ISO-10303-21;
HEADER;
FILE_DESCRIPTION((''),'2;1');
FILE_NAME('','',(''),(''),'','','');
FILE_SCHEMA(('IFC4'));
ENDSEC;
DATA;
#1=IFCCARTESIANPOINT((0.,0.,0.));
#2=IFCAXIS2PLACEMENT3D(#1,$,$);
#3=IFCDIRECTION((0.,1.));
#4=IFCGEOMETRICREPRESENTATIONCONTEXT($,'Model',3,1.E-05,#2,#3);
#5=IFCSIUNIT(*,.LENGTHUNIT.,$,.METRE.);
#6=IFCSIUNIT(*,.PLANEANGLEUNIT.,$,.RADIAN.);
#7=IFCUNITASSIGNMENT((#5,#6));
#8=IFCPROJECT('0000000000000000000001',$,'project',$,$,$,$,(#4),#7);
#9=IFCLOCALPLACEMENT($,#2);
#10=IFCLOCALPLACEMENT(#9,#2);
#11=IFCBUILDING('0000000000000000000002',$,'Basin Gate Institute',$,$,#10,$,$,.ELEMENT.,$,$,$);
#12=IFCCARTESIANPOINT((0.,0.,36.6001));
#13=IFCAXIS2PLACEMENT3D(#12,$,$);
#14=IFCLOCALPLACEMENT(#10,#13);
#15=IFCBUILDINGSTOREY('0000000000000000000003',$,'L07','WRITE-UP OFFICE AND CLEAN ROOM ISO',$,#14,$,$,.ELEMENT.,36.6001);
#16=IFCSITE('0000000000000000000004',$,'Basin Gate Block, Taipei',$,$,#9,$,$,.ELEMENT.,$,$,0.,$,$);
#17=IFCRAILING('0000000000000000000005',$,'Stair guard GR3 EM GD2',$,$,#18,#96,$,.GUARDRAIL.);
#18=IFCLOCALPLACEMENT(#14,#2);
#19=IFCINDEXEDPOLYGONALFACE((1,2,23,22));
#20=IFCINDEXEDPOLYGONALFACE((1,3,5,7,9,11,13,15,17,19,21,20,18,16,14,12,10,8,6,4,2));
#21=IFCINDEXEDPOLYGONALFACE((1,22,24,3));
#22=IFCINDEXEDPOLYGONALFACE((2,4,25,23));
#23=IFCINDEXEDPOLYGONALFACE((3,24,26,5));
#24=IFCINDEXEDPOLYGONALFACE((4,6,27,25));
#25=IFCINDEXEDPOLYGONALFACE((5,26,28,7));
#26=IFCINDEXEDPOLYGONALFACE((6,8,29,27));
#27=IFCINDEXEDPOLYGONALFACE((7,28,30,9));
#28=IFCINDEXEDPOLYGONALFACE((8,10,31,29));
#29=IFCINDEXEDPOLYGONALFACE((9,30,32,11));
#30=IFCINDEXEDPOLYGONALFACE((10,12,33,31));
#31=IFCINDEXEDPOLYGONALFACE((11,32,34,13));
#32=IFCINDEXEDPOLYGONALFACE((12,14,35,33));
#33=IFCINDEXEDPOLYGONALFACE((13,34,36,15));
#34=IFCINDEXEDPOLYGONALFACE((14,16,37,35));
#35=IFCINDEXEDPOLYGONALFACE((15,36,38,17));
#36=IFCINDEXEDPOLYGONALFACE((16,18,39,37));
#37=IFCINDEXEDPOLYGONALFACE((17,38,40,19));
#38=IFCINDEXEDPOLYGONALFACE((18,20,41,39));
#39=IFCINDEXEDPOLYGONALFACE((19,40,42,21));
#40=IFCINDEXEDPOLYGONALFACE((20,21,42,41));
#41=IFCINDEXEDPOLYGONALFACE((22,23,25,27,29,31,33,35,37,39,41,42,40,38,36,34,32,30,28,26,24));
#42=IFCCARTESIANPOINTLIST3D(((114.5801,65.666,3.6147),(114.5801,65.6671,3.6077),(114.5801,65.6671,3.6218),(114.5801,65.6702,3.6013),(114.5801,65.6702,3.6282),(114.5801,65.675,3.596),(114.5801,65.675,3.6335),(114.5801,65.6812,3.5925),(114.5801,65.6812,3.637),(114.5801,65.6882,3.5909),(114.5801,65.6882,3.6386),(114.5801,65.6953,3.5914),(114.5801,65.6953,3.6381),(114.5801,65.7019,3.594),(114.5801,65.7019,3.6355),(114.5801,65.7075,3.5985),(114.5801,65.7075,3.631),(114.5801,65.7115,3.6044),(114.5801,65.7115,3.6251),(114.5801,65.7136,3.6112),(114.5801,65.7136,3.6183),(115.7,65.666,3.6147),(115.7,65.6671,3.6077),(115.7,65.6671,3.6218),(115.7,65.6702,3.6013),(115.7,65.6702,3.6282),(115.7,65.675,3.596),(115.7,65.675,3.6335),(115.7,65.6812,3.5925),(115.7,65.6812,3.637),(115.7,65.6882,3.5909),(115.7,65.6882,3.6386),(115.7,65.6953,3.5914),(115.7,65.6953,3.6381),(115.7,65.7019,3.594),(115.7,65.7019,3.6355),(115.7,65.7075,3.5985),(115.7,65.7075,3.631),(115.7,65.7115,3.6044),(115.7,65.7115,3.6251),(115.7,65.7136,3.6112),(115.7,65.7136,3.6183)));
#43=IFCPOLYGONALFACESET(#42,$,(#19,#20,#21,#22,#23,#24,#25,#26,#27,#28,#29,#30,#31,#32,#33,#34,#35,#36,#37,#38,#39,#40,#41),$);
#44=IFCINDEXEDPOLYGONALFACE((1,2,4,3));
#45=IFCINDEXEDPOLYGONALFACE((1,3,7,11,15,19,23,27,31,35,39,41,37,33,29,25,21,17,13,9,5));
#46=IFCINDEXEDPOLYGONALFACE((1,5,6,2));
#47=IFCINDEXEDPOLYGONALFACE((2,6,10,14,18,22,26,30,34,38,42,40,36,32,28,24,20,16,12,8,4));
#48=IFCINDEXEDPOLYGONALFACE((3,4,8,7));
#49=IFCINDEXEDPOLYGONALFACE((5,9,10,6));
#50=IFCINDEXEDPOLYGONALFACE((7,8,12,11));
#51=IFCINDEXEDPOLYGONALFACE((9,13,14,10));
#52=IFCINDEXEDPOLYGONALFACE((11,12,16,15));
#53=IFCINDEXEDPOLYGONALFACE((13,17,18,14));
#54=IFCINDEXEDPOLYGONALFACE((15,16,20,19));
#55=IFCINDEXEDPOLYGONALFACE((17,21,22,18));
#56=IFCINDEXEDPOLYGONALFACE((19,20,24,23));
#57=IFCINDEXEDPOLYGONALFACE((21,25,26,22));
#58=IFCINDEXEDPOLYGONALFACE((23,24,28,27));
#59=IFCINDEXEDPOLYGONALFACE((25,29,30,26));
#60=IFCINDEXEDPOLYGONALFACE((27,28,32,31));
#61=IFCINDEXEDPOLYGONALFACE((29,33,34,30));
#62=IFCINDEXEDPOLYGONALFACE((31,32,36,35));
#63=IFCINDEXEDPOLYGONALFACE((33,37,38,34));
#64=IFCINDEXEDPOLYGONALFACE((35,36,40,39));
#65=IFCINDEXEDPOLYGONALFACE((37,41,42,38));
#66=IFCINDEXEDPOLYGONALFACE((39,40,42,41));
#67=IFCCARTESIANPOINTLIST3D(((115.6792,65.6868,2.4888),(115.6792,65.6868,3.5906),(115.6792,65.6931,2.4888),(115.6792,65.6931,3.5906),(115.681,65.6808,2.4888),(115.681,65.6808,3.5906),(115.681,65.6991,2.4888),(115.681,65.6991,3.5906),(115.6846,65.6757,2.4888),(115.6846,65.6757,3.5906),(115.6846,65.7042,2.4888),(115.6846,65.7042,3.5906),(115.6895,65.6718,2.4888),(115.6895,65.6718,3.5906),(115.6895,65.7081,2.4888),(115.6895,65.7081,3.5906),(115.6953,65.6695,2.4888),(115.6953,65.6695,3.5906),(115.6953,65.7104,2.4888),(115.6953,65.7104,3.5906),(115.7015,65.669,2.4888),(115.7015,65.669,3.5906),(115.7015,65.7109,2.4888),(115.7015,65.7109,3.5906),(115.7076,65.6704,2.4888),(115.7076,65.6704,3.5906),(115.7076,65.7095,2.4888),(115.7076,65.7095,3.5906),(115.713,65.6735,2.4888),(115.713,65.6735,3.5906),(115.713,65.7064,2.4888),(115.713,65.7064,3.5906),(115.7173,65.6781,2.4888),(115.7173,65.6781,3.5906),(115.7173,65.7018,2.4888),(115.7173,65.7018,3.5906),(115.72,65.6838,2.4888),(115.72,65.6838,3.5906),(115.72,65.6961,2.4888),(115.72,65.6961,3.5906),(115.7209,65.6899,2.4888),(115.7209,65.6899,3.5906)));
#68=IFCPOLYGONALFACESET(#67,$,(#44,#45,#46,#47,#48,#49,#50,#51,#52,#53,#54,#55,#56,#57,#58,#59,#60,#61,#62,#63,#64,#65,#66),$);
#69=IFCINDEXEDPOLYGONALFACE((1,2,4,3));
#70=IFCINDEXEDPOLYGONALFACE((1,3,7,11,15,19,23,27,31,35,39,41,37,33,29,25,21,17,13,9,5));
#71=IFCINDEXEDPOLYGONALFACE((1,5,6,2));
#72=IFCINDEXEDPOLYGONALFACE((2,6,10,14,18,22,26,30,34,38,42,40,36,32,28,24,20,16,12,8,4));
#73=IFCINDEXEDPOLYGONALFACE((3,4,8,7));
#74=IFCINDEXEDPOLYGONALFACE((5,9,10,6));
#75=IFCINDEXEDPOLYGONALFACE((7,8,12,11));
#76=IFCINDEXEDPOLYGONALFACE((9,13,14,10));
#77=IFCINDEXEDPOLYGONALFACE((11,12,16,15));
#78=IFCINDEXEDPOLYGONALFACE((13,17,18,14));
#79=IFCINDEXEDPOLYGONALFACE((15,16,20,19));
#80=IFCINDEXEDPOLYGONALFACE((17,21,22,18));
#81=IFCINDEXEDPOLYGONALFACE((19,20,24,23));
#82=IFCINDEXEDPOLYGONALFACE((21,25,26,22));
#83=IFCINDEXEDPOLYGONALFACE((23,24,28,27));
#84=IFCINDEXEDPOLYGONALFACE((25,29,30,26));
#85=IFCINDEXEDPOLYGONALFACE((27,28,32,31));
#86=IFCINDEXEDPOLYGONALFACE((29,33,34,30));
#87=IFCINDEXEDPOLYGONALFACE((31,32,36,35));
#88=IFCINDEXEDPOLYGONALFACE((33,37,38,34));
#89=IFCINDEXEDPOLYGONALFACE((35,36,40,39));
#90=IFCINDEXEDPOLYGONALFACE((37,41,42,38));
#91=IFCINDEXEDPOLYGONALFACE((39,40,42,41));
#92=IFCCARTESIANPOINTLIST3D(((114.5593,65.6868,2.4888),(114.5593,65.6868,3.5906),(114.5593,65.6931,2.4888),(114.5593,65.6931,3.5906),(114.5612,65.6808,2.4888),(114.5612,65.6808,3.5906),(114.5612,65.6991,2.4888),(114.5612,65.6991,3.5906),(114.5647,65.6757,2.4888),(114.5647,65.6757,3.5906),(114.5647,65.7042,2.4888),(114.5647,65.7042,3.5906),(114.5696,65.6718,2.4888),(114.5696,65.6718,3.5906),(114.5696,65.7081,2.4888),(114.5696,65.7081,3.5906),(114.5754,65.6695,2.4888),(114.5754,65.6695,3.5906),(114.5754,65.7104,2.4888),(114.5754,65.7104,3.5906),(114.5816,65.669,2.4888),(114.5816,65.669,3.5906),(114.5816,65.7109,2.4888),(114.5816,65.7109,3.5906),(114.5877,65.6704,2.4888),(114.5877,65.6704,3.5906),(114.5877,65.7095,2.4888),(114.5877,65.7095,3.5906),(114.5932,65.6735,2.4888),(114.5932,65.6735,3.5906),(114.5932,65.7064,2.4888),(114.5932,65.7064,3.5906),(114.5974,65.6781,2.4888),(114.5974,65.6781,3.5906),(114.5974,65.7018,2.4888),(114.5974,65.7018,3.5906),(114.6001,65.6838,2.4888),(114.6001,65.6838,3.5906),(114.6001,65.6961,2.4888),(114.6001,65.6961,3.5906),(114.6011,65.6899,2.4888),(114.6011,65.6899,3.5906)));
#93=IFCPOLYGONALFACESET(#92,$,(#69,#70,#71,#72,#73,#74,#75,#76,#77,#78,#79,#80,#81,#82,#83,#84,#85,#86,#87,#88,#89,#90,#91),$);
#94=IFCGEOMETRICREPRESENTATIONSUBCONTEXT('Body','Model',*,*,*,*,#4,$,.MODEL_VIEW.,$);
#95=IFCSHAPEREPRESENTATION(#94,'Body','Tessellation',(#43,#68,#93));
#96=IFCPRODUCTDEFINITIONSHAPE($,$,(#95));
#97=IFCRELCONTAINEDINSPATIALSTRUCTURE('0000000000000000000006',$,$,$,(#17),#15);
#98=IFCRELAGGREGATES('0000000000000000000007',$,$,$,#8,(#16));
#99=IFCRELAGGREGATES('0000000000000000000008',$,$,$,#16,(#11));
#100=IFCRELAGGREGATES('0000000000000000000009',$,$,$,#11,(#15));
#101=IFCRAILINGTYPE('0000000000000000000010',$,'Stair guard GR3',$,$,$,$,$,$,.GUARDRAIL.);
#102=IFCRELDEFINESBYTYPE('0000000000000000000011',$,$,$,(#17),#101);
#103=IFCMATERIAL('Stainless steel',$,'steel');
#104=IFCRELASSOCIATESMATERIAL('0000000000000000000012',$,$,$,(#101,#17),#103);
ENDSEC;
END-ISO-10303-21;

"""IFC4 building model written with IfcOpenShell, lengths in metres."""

from ifc_helpers import new_model, si_unit, direction, frame, origin, origin_2d, place, context, subcontext, project, spatial, circle, extrude, material, type_object, element, save


model = new_model("IFC4")

# Units and contexts
model_context = context("Model", 3, precision=1e-05, world=origin(), true_north=direction((0.0, 1.0)))
body_context = subcontext(model_context, "Body", "Model", "MODEL_VIEW")
ifc_project = project(units=[si_unit("LENGTHUNIT", "METRE"), si_unit("PLANEANGLEUNIT", "RADIAN")], contexts=[model_context])

# Site, building, storey
site_placement = place(None, origin())
site = spatial("IfcSite", under=ifc_project, at=site_placement, Name="Basin Gate Block, Taipei", CompositionType="ELEMENT", RefElevation=0.0)
building_placement = place(site_placement, origin())
building = spatial("IfcBuilding", under=site, at=building_placement, Name="Basin Gate Institute", CompositionType="ELEMENT")
storey_placement = place(building_placement, frame((0.0, 0.0, 36.6001)))
storey = spatial("IfcBuildingStorey", under=building, at=storey_placement, Name="L07", Description="WRITE-UP OFFICE AND CLEAN ROOM ISO", CompositionType="ELEMENT", Elevation=36.6001)

# Railing
ifc_material_1 = material(Name="Stainless steel", Category="steel")
railing_type_1 = type_object("IfcRailingType", Name="Stair guard GR3", PredefinedType="GUARDRAIL", material=ifc_material_1)
railing_1_placement = place(storey_placement, frame((115.7, 65.6899, 2.4888)))
element("IfcRailing", 1, at=railing_1_placement, inside=storey, type_object=railing_type_1, material=ifc_material_1, Name="Stair guard GR3 EM GD2", PredefinedType="GUARDRAIL", context=body_context, shape_type="SweptSolid", body=[
    extrude(circle(Radius=0.0239, at=origin_2d()), frame((0.0, 0.0, 1.126), z_axis=(-1.0, 0.0, 0.0), x_axis=(0.0, -1.0, 0.0)), (0.0, 0.0, 1.0), 1.1199),
    extrude(circle(Radius=0.021, at=origin_2d()), origin(), (0.0, 0.0, 1.0), 1.1018),
    extrude(circle(Radius=0.021, at=origin_2d()), frame((-1.1199, 0.0, 0.0)), (0.0, 0.0, 1.0), 1.1018),
])

save(model, "model.ifc")
